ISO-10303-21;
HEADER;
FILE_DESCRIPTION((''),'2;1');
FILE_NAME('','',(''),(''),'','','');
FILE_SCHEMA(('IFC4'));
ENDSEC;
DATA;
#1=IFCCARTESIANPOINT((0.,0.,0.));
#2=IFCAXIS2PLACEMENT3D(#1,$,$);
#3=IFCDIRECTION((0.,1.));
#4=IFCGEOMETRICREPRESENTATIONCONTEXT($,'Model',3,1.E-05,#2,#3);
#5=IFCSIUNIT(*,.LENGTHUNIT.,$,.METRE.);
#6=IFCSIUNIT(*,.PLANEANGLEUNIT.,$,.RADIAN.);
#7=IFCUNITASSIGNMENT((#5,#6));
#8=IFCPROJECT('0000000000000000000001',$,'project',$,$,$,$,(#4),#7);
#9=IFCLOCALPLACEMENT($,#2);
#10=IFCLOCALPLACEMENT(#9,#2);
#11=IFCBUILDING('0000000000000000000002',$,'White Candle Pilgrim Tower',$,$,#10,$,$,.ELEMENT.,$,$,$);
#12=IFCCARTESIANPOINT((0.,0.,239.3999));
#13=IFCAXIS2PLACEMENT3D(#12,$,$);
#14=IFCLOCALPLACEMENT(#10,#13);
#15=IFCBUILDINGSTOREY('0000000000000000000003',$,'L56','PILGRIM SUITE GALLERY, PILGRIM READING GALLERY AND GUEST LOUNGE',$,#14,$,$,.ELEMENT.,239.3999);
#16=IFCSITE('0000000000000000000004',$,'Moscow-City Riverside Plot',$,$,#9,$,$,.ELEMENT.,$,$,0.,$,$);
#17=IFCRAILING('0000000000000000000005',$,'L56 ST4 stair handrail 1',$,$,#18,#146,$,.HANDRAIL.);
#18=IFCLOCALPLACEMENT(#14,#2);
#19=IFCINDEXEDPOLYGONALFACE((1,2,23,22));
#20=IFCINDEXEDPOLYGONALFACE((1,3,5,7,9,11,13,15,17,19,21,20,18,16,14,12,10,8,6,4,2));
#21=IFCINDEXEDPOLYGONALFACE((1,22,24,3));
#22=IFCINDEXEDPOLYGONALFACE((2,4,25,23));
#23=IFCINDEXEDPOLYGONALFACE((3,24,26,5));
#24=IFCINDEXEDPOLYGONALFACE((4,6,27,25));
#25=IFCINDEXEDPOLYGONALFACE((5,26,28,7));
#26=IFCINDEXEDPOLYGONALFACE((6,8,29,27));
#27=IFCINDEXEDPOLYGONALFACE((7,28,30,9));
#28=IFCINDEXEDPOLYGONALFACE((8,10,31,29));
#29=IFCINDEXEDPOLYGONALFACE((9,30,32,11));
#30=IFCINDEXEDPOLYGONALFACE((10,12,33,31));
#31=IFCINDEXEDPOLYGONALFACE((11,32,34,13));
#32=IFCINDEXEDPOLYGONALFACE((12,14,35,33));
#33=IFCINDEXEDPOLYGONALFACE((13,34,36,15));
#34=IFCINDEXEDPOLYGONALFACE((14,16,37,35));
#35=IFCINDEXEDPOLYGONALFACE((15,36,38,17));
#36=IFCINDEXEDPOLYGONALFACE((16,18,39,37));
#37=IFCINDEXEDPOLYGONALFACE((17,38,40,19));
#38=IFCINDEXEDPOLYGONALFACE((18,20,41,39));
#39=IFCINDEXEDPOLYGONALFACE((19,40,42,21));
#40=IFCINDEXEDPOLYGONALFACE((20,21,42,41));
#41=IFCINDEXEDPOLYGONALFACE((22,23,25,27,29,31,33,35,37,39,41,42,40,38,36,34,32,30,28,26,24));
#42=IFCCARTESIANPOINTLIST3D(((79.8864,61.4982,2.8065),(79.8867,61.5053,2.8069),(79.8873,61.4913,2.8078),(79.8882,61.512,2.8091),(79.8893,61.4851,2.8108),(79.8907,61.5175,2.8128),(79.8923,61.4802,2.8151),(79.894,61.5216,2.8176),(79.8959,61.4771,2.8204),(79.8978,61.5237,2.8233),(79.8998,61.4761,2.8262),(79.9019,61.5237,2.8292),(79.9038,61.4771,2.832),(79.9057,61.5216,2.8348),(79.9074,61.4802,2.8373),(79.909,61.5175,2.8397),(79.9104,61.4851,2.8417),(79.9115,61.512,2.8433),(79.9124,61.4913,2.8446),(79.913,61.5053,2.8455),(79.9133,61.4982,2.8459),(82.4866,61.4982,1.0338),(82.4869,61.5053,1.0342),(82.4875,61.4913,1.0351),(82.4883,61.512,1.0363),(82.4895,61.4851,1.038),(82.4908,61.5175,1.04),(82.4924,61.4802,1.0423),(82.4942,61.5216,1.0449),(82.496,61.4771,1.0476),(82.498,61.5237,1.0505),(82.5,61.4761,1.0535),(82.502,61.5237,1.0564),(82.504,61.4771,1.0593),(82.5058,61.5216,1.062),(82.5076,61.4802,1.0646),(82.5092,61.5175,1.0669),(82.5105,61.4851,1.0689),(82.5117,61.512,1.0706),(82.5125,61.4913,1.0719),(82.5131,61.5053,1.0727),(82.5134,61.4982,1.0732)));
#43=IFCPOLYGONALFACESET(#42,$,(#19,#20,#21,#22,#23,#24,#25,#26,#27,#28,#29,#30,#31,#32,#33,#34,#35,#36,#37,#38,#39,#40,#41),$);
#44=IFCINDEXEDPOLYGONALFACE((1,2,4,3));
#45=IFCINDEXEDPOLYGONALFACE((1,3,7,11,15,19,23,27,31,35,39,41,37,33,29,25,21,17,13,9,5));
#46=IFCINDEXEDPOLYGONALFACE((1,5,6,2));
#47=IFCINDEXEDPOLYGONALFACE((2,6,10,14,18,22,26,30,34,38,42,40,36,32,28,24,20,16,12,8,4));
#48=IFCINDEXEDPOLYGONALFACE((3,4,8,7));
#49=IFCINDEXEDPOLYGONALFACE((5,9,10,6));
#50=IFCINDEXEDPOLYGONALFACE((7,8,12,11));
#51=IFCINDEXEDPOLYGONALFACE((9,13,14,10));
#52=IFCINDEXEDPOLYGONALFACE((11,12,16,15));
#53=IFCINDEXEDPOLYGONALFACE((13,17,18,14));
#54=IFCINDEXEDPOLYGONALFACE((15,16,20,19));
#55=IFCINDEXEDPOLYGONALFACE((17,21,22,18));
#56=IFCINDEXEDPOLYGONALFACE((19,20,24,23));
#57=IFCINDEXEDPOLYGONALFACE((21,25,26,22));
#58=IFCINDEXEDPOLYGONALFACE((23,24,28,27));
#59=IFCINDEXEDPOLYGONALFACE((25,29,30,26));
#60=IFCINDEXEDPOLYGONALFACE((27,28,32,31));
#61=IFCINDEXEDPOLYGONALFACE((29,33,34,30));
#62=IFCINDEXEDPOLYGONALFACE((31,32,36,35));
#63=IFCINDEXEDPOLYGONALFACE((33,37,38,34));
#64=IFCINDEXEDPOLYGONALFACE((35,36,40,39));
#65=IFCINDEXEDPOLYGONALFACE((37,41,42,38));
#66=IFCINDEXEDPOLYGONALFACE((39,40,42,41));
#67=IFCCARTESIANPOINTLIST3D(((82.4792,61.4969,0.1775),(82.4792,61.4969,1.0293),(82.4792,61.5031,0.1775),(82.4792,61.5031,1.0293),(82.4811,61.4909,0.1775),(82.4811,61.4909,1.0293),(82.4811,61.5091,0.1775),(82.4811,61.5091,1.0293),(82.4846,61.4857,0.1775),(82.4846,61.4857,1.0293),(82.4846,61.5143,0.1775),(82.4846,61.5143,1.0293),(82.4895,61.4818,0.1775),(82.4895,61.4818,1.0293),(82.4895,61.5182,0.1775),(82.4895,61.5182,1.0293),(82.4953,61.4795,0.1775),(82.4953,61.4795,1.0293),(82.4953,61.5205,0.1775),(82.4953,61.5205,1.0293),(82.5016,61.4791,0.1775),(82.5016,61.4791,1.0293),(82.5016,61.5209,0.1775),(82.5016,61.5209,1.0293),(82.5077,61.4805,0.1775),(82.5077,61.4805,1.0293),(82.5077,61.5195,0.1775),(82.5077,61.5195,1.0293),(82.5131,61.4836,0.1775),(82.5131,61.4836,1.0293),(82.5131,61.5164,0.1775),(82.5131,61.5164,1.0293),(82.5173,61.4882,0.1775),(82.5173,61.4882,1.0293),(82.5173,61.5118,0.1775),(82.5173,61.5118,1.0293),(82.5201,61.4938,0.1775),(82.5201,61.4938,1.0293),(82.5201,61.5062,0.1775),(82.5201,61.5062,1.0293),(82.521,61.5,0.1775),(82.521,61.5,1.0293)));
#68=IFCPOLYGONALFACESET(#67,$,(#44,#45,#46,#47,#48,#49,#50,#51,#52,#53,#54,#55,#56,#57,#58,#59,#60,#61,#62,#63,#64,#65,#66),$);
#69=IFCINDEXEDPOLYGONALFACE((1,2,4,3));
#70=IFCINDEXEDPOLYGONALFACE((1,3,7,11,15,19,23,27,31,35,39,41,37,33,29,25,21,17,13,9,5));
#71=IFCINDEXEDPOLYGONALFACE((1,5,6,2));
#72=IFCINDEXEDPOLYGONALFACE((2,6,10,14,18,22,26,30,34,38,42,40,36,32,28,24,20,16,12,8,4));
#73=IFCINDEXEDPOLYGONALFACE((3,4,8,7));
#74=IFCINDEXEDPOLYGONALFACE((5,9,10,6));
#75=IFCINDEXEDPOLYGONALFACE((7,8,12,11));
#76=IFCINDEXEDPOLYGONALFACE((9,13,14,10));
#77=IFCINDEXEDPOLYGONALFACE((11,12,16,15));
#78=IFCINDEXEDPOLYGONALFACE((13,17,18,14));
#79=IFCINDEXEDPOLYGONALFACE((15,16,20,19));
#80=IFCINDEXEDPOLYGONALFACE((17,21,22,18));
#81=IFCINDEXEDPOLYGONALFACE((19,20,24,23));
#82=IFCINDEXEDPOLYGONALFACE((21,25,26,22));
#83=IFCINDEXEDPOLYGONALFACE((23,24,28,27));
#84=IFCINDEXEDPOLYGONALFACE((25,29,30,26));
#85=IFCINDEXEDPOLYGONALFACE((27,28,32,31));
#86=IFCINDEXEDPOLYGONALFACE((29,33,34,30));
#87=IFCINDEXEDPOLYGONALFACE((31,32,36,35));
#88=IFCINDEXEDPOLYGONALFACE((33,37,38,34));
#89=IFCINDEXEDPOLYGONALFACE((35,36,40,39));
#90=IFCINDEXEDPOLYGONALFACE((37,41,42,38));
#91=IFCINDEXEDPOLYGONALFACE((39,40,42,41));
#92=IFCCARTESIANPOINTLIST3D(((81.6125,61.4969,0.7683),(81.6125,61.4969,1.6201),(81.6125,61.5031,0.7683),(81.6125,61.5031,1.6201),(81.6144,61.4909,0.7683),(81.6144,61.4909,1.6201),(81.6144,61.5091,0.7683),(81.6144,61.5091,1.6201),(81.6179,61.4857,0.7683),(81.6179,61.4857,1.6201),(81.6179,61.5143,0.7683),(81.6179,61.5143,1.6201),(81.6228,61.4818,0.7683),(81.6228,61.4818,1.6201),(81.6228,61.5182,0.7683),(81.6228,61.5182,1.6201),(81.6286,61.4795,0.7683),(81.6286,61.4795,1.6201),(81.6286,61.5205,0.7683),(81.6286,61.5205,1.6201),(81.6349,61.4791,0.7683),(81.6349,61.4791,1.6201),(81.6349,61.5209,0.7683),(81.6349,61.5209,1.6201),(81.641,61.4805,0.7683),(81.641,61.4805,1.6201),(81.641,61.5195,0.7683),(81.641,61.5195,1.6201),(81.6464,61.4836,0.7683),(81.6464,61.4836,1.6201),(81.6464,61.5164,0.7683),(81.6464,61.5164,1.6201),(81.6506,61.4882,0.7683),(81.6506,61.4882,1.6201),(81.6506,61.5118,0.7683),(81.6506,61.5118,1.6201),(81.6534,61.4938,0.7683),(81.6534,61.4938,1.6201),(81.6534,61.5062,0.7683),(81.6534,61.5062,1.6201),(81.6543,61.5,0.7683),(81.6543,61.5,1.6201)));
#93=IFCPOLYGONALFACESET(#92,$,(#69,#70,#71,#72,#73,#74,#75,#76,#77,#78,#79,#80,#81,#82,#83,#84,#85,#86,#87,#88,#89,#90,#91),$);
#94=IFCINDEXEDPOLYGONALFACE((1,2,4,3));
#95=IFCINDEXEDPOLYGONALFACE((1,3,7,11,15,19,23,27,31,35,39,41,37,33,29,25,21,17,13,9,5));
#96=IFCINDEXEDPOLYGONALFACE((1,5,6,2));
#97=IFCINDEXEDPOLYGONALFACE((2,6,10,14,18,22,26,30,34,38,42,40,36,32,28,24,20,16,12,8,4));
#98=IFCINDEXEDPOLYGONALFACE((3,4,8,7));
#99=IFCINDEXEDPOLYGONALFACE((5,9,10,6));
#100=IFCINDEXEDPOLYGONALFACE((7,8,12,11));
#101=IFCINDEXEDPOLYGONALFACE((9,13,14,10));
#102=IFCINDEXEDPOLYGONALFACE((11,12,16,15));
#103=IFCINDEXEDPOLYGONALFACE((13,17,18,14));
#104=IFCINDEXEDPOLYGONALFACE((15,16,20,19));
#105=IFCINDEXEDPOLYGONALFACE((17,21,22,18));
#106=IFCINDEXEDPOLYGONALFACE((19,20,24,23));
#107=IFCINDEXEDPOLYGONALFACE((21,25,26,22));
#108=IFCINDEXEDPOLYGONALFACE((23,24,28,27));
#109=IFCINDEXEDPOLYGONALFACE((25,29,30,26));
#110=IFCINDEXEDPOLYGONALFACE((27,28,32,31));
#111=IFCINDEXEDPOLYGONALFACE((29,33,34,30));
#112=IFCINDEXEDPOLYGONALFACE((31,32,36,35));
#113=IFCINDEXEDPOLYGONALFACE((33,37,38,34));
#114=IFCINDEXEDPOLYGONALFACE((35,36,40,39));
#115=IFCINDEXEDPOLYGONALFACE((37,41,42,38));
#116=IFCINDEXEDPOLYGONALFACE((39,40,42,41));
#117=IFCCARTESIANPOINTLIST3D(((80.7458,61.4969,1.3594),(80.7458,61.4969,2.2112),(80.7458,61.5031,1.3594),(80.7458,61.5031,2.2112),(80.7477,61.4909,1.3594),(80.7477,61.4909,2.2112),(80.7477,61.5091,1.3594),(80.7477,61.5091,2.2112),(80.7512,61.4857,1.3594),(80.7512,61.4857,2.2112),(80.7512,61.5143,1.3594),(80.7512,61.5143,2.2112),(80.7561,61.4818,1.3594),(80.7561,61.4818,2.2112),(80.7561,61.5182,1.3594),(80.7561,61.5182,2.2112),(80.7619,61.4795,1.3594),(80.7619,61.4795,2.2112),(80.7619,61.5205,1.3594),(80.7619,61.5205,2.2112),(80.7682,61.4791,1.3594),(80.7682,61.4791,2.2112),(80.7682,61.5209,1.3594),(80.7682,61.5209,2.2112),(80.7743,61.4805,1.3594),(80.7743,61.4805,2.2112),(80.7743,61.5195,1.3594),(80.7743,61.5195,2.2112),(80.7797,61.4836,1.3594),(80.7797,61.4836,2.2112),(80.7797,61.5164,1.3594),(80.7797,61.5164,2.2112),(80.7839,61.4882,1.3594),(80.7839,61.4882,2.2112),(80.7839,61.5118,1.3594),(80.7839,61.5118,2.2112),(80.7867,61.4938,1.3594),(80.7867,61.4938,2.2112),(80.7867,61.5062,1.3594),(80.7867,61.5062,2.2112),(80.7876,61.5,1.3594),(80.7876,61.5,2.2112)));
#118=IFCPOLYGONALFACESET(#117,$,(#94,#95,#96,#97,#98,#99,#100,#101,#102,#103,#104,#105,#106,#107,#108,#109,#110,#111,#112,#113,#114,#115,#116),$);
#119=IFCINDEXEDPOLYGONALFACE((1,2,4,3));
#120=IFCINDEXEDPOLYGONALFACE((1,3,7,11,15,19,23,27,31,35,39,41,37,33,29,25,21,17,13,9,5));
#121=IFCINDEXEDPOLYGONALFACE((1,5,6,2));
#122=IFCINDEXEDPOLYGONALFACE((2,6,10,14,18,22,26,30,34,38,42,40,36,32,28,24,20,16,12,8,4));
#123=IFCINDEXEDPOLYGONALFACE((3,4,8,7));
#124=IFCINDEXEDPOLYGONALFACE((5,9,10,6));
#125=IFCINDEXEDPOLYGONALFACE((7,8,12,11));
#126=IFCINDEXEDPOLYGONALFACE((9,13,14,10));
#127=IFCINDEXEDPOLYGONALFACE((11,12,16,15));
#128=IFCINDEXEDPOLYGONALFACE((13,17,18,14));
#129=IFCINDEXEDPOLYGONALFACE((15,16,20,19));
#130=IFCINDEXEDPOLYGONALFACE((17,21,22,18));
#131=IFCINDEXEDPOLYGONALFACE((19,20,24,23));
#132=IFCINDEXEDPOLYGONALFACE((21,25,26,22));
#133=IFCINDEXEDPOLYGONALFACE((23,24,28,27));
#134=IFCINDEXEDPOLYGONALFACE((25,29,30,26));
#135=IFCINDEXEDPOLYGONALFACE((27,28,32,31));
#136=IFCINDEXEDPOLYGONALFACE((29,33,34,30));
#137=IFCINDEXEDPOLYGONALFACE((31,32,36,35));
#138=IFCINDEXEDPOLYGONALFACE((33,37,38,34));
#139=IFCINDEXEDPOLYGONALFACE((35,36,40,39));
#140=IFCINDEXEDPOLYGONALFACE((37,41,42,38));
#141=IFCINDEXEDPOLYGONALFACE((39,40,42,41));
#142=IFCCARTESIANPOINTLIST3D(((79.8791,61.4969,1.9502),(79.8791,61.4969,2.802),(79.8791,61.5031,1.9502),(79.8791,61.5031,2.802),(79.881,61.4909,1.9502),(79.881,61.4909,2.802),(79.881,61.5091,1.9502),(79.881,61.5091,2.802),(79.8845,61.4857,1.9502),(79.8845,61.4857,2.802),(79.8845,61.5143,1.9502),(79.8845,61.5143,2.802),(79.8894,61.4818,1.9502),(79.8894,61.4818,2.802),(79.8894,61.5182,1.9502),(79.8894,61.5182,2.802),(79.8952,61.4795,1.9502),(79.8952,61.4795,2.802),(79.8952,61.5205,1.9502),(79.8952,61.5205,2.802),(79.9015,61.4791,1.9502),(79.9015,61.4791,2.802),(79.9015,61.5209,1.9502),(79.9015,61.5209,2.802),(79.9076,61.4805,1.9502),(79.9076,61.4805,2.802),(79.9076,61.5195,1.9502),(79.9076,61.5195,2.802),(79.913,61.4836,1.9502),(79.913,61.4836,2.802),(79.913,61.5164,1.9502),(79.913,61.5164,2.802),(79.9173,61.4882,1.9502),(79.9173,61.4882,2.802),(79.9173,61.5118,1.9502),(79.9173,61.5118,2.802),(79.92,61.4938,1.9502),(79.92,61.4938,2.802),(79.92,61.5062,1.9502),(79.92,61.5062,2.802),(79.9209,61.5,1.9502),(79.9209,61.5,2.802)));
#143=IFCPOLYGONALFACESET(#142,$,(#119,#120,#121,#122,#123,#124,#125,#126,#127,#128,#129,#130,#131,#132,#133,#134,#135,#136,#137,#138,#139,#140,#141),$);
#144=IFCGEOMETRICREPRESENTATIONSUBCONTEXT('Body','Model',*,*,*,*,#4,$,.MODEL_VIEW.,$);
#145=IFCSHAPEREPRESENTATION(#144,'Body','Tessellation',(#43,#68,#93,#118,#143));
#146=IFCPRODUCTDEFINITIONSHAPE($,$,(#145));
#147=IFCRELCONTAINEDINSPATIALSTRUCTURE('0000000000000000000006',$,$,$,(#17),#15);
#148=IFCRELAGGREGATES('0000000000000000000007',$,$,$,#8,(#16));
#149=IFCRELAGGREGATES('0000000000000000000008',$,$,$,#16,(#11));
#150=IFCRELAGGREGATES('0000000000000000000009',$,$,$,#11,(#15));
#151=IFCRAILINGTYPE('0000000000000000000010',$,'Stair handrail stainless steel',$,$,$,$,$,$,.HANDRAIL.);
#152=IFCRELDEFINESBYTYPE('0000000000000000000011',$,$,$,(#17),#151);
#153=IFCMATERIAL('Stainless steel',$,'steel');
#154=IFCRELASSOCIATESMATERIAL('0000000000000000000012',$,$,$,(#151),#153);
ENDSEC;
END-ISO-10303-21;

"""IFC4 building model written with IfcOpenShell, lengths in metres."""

from ifc_helpers import new_model, si_unit, direction, frame, origin, origin_2d, place, context, subcontext, project, spatial, circle, extrude, material, type_object, element, save


model = new_model("IFC4")

# Units and contexts
model_context = context("Model", 3, precision=1e-05, world=origin(), true_north=direction((0.0, 1.0)))
body_context = subcontext(model_context, "Body", "Model", "MODEL_VIEW")
ifc_project = project(units=[si_unit("LENGTHUNIT", "METRE"), si_unit("PLANEANGLEUNIT", "RADIAN")], contexts=[model_context])

# Site, building, storey
site_placement = place(None, origin())
site = spatial("IfcSite", under=ifc_project, at=site_placement, Name="Moscow-City Riverside Plot", CompositionType="ELEMENT", RefElevation=0.0)
building_placement = place(site_placement, origin())
building = spatial("IfcBuilding", under=site, at=building_placement, Name="White Candle Pilgrim Tower", CompositionType="ELEMENT")
storey_placement = place(building_placement, frame((0.0, 0.0, 239.3999)))
storey = spatial("IfcBuildingStorey", under=building, at=storey_placement, Name="L56", Description="PILGRIM SUITE GALLERY, PILGRIM READING GALLERY AND GUEST LOUNGE", CompositionType="ELEMENT", Elevation=239.3999)

# Railing
ifc_material_1 = material(Name="Stainless steel", Category="steel")
railing_type_1 = type_object("IfcRailingType", Name="Stair handrail stainless steel", PredefinedType="HANDRAIL", material=ifc_material_1)
railing_1_placement = place(storey_placement, frame((82.5, 61.5, 0.1775)))
element("IfcRailing", 1, at=railing_1_placement, inside=storey, type_object=railing_type_1, Name="L56 ST4 stair handrail 1", PredefinedType="HANDRAIL", context=body_context, shape_type="SweptSolid", body=[
    extrude(circle(Radius=0.0239, at=origin_2d()), frame((0.0, 0.0, 0.876), z_axis=(-0.82624, 0.0, 0.563318), x_axis=(0.0, -1.0, 0.0)), (0.0, 0.0, 1.0), 3.147),
    extrude(circle(Radius=0.021, at=origin_2d()), origin(), (0.0, 0.0, 1.0), 0.8518),
    extrude(circle(Radius=0.021, at=origin_2d()), frame((-0.8667, 0.0, 0.5908)), (0.0, 0.0, 1.0), 0.8518),
    extrude(circle(Radius=0.021, at=origin_2d()), frame((-1.7334, 0.0, 1.1819)), (0.0, 0.0, 1.0), 0.8518),
    extrude(circle(Radius=0.021, at=origin_2d()), frame((-2.6001, 0.0, 1.7727)), (0.0, 0.0, 1.0), 0.8518),
])

save(model, "model.ifc")
